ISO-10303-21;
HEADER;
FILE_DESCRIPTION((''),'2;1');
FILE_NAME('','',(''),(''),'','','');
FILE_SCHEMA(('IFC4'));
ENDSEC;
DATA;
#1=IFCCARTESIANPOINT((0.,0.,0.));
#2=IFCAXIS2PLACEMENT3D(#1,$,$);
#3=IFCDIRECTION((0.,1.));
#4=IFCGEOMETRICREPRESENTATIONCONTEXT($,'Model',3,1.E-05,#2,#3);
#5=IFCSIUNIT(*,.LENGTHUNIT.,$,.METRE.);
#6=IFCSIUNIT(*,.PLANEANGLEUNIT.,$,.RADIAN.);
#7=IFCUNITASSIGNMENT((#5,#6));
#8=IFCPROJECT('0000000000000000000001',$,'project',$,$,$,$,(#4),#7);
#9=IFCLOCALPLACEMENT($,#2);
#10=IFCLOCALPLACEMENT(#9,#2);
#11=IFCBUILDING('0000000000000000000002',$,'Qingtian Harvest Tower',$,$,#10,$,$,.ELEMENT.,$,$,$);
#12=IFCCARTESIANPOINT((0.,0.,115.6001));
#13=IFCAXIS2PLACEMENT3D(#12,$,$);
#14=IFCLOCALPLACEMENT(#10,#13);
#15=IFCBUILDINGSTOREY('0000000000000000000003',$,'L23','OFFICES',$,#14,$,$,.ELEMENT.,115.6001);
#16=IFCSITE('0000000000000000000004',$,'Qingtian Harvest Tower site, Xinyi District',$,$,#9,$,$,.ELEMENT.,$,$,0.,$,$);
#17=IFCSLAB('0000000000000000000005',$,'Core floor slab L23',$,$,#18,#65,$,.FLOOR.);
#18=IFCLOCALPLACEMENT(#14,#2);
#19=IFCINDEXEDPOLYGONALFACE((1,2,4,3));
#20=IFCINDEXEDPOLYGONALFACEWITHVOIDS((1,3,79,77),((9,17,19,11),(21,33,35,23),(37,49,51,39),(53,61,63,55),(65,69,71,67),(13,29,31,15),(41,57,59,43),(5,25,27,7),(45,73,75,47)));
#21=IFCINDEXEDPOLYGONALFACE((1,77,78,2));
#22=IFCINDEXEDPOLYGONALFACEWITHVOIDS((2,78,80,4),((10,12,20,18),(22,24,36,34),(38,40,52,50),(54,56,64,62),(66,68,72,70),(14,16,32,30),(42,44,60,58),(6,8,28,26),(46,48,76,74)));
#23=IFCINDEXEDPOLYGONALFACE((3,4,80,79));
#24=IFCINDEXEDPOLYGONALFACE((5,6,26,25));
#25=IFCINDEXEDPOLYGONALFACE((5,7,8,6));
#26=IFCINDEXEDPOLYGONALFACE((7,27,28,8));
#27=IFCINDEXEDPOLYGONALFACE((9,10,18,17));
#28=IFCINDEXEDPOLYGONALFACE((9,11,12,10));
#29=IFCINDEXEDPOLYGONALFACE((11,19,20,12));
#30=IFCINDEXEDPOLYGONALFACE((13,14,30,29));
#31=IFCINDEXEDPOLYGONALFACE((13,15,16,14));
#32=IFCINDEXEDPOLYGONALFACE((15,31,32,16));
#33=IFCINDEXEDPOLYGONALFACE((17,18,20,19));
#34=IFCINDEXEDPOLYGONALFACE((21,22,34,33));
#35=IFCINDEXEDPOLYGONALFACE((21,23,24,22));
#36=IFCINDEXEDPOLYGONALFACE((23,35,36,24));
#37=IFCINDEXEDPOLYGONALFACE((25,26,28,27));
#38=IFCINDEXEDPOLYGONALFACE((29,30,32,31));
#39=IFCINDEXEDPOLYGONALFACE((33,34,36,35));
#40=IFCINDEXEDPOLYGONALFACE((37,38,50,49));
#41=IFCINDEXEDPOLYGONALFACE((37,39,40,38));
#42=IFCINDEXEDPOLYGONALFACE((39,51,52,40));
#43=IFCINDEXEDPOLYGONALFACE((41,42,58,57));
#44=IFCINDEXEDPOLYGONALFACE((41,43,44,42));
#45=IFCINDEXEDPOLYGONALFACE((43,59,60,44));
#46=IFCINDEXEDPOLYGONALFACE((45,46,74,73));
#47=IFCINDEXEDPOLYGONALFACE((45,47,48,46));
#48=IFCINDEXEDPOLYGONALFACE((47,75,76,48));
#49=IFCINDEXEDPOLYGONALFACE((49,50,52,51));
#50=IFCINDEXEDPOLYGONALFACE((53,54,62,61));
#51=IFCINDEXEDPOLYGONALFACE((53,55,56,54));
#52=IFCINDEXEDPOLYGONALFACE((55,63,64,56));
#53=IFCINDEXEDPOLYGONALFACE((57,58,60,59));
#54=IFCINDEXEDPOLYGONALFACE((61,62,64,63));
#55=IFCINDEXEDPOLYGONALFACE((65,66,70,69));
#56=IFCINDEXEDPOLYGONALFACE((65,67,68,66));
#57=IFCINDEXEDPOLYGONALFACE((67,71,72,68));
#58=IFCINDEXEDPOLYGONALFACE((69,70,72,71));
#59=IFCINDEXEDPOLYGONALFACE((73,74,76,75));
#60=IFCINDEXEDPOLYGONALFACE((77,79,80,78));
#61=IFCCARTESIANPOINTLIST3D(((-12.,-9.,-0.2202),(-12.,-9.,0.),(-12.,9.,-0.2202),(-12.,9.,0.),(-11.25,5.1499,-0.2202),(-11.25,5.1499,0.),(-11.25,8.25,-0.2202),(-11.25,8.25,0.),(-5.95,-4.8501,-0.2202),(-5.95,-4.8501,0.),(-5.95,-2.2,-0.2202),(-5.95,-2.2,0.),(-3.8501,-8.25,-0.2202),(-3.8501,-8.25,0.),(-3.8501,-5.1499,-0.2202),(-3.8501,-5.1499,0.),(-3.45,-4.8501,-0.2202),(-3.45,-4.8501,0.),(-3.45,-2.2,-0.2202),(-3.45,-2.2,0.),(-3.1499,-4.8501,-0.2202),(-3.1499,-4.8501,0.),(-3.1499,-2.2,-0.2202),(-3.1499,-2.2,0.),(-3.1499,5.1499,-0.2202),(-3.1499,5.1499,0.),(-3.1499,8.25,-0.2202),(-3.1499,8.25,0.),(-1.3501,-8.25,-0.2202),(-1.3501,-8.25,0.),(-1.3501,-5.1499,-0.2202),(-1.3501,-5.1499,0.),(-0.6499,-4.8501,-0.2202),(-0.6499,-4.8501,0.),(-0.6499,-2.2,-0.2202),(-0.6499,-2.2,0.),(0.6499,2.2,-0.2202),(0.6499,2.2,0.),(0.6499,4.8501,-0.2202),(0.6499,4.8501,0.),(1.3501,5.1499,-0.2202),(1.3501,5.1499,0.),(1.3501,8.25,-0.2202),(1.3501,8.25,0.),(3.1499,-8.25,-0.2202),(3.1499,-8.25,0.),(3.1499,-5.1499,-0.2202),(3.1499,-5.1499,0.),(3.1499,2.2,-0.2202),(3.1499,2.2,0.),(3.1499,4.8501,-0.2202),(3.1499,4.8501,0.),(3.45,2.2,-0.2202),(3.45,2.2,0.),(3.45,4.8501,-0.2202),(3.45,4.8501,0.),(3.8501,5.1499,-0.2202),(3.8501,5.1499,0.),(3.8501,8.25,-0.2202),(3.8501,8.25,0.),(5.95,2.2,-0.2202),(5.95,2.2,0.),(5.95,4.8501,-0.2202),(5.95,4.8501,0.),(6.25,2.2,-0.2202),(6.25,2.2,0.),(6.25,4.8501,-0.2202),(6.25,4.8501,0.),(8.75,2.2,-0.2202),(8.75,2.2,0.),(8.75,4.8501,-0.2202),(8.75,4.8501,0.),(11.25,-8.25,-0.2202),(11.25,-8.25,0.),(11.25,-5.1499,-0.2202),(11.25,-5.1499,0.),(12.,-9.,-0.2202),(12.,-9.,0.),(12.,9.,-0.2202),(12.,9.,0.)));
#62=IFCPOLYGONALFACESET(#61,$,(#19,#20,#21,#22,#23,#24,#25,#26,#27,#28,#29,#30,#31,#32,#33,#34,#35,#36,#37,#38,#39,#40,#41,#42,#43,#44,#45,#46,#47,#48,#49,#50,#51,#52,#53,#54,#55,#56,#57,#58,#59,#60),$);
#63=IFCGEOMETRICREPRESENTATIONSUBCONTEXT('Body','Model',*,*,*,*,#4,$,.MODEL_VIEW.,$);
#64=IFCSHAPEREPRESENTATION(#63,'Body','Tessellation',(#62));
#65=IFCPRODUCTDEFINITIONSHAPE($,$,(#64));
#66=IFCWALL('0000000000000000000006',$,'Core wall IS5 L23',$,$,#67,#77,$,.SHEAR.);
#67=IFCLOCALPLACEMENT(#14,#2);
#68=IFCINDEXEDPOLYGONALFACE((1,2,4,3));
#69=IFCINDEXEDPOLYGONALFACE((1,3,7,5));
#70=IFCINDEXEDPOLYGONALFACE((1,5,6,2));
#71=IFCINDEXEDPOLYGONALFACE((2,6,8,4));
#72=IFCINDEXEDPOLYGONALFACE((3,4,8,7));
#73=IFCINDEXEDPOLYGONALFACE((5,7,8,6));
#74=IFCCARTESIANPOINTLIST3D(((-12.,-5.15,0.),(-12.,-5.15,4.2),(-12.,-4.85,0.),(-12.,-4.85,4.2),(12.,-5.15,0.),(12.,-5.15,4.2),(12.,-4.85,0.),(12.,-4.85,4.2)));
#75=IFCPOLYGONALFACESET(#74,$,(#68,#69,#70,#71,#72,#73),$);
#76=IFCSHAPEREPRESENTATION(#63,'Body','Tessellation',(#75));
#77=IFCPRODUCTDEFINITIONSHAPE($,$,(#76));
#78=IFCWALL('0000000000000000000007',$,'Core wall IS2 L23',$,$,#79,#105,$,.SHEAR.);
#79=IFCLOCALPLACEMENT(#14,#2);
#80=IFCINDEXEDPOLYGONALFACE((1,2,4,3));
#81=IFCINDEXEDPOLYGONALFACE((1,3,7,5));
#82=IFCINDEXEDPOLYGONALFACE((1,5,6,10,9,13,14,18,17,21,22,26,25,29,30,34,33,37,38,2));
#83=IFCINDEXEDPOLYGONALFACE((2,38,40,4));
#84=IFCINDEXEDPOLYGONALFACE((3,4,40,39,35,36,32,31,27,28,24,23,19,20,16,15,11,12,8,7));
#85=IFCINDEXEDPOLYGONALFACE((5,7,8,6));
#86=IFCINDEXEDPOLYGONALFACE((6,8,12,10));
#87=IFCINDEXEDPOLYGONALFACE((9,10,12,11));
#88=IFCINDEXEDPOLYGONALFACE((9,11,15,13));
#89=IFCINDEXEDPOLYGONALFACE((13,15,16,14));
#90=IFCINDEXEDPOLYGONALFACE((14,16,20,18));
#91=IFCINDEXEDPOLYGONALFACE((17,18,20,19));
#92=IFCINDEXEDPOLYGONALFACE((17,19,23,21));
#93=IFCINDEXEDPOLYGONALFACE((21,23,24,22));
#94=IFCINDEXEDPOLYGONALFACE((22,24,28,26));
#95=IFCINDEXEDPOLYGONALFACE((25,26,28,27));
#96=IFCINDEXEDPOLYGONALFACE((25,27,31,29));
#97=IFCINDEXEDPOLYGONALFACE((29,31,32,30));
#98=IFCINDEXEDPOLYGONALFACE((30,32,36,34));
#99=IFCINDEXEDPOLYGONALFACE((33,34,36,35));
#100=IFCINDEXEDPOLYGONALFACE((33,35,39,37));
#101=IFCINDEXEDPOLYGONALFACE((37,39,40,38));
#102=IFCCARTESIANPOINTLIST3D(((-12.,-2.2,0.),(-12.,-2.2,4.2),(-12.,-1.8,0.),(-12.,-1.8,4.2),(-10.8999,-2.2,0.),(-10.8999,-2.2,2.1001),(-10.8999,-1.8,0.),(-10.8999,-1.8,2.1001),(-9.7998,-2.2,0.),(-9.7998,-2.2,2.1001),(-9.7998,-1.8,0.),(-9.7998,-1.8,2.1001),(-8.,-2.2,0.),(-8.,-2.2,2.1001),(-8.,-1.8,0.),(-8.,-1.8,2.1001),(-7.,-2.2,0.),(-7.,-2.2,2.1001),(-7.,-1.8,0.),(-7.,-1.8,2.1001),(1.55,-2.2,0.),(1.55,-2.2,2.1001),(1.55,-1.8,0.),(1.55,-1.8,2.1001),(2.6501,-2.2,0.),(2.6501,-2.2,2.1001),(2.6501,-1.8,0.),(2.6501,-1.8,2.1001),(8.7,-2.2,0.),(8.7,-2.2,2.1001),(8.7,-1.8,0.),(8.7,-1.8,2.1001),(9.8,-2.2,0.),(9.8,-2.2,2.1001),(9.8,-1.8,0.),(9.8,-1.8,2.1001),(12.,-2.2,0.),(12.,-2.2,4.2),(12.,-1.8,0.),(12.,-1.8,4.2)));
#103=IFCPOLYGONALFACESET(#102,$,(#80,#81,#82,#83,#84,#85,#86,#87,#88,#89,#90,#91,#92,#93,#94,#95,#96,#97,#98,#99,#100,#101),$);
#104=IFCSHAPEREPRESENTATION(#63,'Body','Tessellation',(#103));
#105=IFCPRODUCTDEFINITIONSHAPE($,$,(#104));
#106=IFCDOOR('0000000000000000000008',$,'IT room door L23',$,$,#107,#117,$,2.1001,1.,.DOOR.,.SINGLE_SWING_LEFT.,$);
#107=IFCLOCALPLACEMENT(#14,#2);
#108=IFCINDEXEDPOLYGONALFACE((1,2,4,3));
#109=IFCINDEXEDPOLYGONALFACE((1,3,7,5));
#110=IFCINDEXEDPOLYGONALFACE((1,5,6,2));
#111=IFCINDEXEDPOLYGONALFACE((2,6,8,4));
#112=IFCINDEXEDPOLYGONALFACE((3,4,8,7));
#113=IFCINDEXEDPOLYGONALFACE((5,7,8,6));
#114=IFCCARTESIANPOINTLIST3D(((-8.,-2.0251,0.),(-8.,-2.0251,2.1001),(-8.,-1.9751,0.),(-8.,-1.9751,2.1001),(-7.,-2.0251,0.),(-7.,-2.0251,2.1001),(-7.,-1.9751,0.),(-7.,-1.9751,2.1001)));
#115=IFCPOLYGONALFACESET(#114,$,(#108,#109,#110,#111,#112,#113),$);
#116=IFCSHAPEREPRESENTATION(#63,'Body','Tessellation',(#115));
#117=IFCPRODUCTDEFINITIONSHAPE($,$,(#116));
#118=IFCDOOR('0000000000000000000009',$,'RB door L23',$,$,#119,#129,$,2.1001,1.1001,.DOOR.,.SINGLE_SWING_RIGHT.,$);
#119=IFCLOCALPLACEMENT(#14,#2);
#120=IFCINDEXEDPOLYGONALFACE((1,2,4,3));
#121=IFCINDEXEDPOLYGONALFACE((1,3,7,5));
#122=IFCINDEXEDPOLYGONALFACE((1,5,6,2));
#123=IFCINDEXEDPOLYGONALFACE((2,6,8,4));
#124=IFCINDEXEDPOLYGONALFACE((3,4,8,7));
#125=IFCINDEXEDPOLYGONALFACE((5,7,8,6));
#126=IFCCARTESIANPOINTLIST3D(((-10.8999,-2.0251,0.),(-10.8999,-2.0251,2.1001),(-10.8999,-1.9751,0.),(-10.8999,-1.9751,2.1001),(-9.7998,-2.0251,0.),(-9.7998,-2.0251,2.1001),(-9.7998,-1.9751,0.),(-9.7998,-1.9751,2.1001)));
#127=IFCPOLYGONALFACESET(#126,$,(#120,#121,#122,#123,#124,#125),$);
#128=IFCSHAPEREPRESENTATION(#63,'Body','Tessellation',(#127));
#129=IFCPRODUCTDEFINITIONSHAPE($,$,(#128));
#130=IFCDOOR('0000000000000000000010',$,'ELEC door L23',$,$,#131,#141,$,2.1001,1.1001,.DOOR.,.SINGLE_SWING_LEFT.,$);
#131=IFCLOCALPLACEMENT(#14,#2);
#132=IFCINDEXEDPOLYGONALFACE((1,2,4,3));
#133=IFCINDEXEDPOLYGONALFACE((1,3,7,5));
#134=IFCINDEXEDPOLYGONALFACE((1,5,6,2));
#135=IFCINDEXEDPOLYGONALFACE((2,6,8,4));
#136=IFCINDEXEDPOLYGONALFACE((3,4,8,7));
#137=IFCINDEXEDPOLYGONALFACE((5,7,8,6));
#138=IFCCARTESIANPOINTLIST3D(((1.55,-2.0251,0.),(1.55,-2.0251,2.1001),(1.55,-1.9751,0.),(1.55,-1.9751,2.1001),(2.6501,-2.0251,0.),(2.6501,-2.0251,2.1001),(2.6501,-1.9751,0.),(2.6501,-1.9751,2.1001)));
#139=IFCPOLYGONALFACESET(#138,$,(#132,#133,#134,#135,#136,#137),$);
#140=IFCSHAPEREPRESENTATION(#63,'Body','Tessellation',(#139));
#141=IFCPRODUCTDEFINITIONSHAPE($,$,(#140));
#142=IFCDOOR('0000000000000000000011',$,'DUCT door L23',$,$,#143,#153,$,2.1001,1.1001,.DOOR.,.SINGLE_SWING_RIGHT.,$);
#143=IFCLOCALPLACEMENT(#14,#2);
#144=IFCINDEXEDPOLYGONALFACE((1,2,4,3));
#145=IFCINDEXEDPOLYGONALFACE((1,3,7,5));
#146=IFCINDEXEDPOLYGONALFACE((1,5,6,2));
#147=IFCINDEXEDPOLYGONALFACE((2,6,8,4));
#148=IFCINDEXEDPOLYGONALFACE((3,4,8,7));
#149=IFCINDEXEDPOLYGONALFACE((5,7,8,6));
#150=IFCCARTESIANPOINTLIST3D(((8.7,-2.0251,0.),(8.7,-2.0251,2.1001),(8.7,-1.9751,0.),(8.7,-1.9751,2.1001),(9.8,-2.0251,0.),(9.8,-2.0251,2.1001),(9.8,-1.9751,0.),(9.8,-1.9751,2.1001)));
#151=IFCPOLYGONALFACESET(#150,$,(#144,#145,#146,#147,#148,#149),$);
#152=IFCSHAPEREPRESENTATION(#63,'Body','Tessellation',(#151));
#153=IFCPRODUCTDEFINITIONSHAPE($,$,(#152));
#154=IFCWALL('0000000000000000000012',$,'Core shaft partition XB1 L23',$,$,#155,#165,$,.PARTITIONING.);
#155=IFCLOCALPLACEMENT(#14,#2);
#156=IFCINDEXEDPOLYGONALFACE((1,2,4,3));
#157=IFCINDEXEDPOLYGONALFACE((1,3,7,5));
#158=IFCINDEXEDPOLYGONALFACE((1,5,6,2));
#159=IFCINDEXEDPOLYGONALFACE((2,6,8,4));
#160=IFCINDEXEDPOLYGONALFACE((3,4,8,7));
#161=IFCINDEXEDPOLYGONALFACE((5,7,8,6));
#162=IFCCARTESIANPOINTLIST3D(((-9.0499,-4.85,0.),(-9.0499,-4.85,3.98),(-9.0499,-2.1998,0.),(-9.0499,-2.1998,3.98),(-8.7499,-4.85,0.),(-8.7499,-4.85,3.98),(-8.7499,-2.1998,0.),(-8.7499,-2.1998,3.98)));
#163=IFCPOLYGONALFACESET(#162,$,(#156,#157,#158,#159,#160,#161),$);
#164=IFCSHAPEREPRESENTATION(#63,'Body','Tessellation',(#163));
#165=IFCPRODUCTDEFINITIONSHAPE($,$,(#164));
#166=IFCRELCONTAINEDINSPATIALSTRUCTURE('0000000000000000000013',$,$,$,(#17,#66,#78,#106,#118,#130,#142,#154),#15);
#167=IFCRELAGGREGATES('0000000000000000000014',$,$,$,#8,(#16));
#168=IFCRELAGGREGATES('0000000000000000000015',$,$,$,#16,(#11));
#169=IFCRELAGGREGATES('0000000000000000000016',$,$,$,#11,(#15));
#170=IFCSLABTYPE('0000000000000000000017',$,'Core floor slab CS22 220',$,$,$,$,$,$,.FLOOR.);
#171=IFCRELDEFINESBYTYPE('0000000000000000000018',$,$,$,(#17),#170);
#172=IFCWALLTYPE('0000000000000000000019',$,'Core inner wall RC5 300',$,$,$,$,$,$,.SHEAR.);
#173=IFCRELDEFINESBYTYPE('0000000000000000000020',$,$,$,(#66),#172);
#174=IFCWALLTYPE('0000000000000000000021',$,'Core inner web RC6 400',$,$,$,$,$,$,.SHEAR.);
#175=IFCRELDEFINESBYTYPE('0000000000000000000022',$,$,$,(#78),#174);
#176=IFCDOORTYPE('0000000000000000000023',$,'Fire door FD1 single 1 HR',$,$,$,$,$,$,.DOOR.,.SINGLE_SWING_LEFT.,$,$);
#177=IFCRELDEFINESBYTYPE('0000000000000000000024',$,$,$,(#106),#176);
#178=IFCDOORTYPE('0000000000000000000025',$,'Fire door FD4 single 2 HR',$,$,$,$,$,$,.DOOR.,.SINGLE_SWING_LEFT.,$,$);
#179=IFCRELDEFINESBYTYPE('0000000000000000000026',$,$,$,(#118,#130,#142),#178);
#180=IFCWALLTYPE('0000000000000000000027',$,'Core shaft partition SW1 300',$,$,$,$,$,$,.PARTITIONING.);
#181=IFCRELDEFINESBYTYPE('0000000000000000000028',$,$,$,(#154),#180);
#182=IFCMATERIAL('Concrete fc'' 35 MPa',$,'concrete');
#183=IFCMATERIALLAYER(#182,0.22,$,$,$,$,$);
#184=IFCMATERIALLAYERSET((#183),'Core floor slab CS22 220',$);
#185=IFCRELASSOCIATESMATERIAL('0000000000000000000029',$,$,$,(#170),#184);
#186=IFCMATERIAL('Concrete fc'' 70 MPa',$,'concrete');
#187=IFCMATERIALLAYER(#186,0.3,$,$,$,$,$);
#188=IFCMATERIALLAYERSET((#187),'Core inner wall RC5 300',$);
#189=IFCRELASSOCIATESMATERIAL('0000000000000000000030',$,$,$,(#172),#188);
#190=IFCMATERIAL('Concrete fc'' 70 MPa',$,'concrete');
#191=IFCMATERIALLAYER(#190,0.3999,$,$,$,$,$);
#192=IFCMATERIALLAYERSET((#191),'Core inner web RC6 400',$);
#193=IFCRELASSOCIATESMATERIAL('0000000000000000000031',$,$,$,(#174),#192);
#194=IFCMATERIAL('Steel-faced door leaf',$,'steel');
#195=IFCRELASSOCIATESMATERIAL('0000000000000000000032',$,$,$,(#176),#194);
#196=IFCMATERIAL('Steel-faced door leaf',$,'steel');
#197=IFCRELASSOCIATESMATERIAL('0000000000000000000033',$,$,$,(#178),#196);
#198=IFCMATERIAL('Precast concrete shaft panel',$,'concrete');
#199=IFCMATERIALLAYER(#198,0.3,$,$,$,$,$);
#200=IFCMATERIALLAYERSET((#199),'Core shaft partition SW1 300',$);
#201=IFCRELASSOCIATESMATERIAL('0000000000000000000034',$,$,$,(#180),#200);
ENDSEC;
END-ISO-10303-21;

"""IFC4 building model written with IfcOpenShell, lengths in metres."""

from ifc_helpers import new_model, si_unit, direction, frame, frame_2d, origin, place, context, subcontext, project, spatial, polyline, rectangle, outline, extrude, material, layer, layer_set, type_object, element, fill, save


model = new_model("IFC4")

# Units and contexts
model_context = context("Model", 3, precision=1e-05, world=origin(), true_north=direction((0.0, 1.0)))
body_context = subcontext(model_context, "Body", "Model", "MODEL_VIEW")
ifc_project = project(units=[si_unit("LENGTHUNIT", "METRE"), si_unit("PLANEANGLEUNIT", "RADIAN")], contexts=[model_context])

# Site, building, storey
site_placement = place(None, origin())
site = spatial("IfcSite", under=ifc_project, at=site_placement, Name="Qingtian Harvest Tower site, Xinyi District", CompositionType="ELEMENT", RefElevation=0.0)
building_placement = place(site_placement, origin())
building = spatial("IfcBuilding", under=site, at=building_placement, Name="Qingtian Harvest Tower", CompositionType="ELEMENT")
storey_placement = place(building_placement, frame((0.0, 0.0, 115.6001)))
storey = spatial("IfcBuildingStorey", under=building, at=storey_placement, Name="L23", Description="OFFICES", CompositionType="ELEMENT", Elevation=115.6001)

# Slab
ifc_material_1 = material(Name="Concrete fc' 35 MPa", Category="concrete")
ifc_layer_1 = layer(ifc_material_1, 0.22)
ifc_layer_set_1 = layer_set([ifc_layer_1], Name="Core floor slab CS22 220")
slab_type = type_object("IfcSlabType", Name="Core floor slab CS22 220", PredefinedType="FLOOR", material=ifc_layer_set_1)
slab_placement = place(storey_placement, frame((0.0, 0.0, -0.2202)))
element("IfcSlab", 1, at=slab_placement, inside=storey, type_object=slab_type, Name="Core floor slab L23", PredefinedType="FLOOR", context=body_context, shape_type="SweptSolid", body=[
    extrude(outline(polyline([(-12.0, -9.0), (12.0, -9.0), (12.0, 9.0), (-12.0, 9.0), (-12.0, -9.0)]), holes=[polyline([(-11.25, 5.1499), (-3.1499, 5.1499), (-3.1499, 8.25), (-11.25, 8.25), (-11.25, 5.1499)]), polyline([(3.1499, -8.25), (11.25, -8.25), (11.25, -5.1499), (3.1499, -5.1499), (3.1499, -8.25)]), polyline([(1.3501, 5.1499), (3.8501, 5.1499), (3.8501, 8.25), (1.3501, 8.25), (1.3501, 5.1499)]), polyline([(-3.8501, -8.25), (-1.3501, -8.25), (-1.3501, -5.1499), (-3.8501, -5.1499), (-3.8501, -8.25)]), polyline([(0.6499, 2.2), (3.1499, 2.2), (3.1499, 4.8501), (0.6499, 4.8501), (0.6499, 2.2)]), polyline([(3.45, 2.2), (5.95, 2.2), (5.95, 4.8501), (3.45, 4.8501), (3.45, 2.2)]), polyline([(6.25, 2.2), (8.75, 2.2), (8.75, 4.8501), (6.25, 4.8501), (6.25, 2.2)]), polyline([(-5.95, -4.8501), (-3.45, -4.8501), (-3.45, -2.2), (-5.95, -2.2), (-5.95, -4.8501)]), polyline([(-3.1499, -4.8501), (-0.6499, -4.8501), (-0.6499, -2.2), (-3.1499, -2.2), (-3.1499, -4.8501)])]), origin(), (0.0, 0.0, 1.0), 0.2202),
])

# Wall
ifc_material_2 = material(Name="Concrete fc' 70 MPa", Category="concrete")
ifc_layer_2 = layer(ifc_material_2, 0.3)
ifc_layer_set_2 = layer_set([ifc_layer_2], Name="Core inner wall RC5 300")
wall_type_1 = type_object("IfcWallType", Name="Core inner wall RC5 300", PredefinedType="SHEAR", material=ifc_layer_set_2)
wall_1_placement = place(storey_placement, frame((-12.0, -5.0, 0.0), z_axis=(0.0, 0.0, 1.0), x_axis=(1.0, 0.0, 0.0)))
element("IfcWall", 2, at=wall_1_placement, inside=storey, type_object=wall_type_1, Name="Core wall IS5 L23", PredefinedType="SHEAR", context=body_context, shape_type="SweptSolid", body=[
    extrude(rectangle(XDim=24.0, YDim=0.3, at=frame_2d((12.0, 0.0))), origin(), (0.0, 0.0, 1.0), 4.2),
])

# Wall, openings, doors
ifc_material_3 = material(Name="Concrete fc' 70 MPa", Category="concrete")
ifc_layer_3 = layer(ifc_material_3, 0.3999)
ifc_layer_set_3 = layer_set([ifc_layer_3], Name="Core inner web RC6 400")
wall_type_2 = type_object("IfcWallType", Name="Core inner web RC6 400", PredefinedType="SHEAR", material=ifc_layer_set_3)
wall_2_placement = place(storey_placement, frame((-12.0, -2.0, 0.0), z_axis=(0.0, 0.0, 1.0), x_axis=(1.0, 0.0, 0.0)))
wall_2 = element("IfcWall", 3, at=wall_2_placement, inside=storey, type_object=wall_type_2, Name="Core wall IS2 L23", PredefinedType="SHEAR", context=body_context, shape_type="SweptSolid", body=[
    extrude(rectangle(XDim=24.0, YDim=0.3999, at=frame_2d((12.0, 0.0))), origin(), (0.0, 0.0, 1.0), 4.2),
])
opening_1_placement = place(wall_2_placement, frame((1.1001, 0.0, 0.0)))
opening_1 = element("IfcOpeningElement", 4, at=opening_1_placement, cuts=wall_2, PredefinedType="OPENING", context=body_context, shape_type="SweptSolid", body=[
    extrude(rectangle(XDim=1.1001, YDim=2.1001, at=frame_2d((0.55, 1.05))), frame((0.0, 0.21, 0.0), z_axis=(0.0, -1.0, 0.0), x_axis=(1.0, 0.0, 0.0)), (0.0, 0.0, 1.0), 0.4199),
])
opening_2_placement = place(wall_2_placement, frame((13.55, 0.0, 0.0)))
opening_2 = element("IfcOpeningElement", 5, at=opening_2_placement, cuts=wall_2, PredefinedType="OPENING", context=body_context, shape_type="SweptSolid", body=[
    extrude(rectangle(XDim=1.1001, YDim=2.1001, at=frame_2d((0.55, 1.05))), frame((0.0, 0.21, 0.0), z_axis=(0.0, -1.0, 0.0), x_axis=(1.0, 0.0, 0.0)), (0.0, 0.0, 1.0), 0.4199),
])
opening_3_placement = place(wall_2_placement, frame((20.7, 0.0, 0.0)))
opening_3 = element("IfcOpeningElement", 6, at=opening_3_placement, cuts=wall_2, PredefinedType="OPENING", context=body_context, shape_type="SweptSolid", body=[
    extrude(rectangle(XDim=1.1001, YDim=2.1001, at=frame_2d((0.55, 1.05))), frame((0.0, 0.21, 0.0), z_axis=(0.0, -1.0, 0.0), x_axis=(1.0, 0.0, 0.0)), (0.0, 0.0, 1.0), 0.4199),
])
opening_4_placement = place(wall_2_placement, frame((4.0, 0.0, 0.0)))
opening_4 = element("IfcOpeningElement", 7, at=opening_4_placement, cuts=wall_2, PredefinedType="OPENING", context=body_context, shape_type="SweptSolid", body=[
    extrude(rectangle(XDim=1.0, YDim=2.1001, at=frame_2d((0.5, 1.05))), frame((0.0, 0.21, 0.0), z_axis=(0.0, -1.0, 0.0), x_axis=(1.0, 0.0, 0.0)), (0.0, 0.0, 1.0), 0.4199),
])
ifc_material_4 = material(Name="Steel-faced door leaf", Category="steel")
door_type_1 = type_object("IfcDoorType", Name="Fire door FD1 single 1 HR", OperationType="SINGLE_SWING_LEFT", PredefinedType="DOOR", material=ifc_material_4)
door_1_placement = place(opening_4_placement, origin())
door_1 = element("IfcDoor", 8, at=door_1_placement, inside=storey, type_object=door_type_1, Name="IT room door L23", OperationType="SINGLE_SWING_LEFT", OverallHeight=2.1001, OverallWidth=1.0, PredefinedType="DOOR", context=body_context, shape_type="SweptSolid", body=[
    extrude(rectangle(XDim=1.0, YDim=2.1001, at=frame_2d((0.5, 1.05))), frame((0.0, 0.0249, 0.0), z_axis=(0.0, -1.0, 0.0), x_axis=(1.0, 0.0, 0.0)), (0.0, 0.0, 1.0), 0.05),
])
fill(opening_4, door_1)
ifc_material_5 = material(Name="Steel-faced door leaf", Category="steel")
door_type_2 = type_object("IfcDoorType", Name="Fire door FD4 single 2 HR", OperationType="SINGLE_SWING_LEFT", PredefinedType="DOOR", material=ifc_material_5)
door_2_placement = place(opening_1_placement, origin())
door_2 = element("IfcDoor", 9, at=door_2_placement, inside=storey, type_object=door_type_2, Name="RB door L23", OperationType="SINGLE_SWING_RIGHT", OverallHeight=2.1001, OverallWidth=1.1001, PredefinedType="DOOR", context=body_context, shape_type="SweptSolid", body=[
    extrude(rectangle(XDim=1.1001, YDim=2.1001, at=frame_2d((0.55, 1.05))), frame((0.0, 0.0249, 0.0), z_axis=(0.0, -1.0, 0.0), x_axis=(1.0, 0.0, 0.0)), (0.0, 0.0, 1.0), 0.05),
])
fill(opening_1, door_2)
door_3_placement = place(opening_2_placement, origin())
door_3 = element("IfcDoor", 10, at=door_3_placement, inside=storey, type_object=door_type_2, Name="ELEC door L23", OperationType="SINGLE_SWING_LEFT", OverallHeight=2.1001, OverallWidth=1.1001, PredefinedType="DOOR", context=body_context, shape_type="SweptSolid", body=[
    extrude(rectangle(XDim=1.1001, YDim=2.1001, at=frame_2d((0.55, 1.05))), frame((0.0, 0.0249, 0.0), z_axis=(0.0, -1.0, 0.0), x_axis=(1.0, 0.0, 0.0)), (0.0, 0.0, 1.0), 0.05),
])
fill(opening_2, door_3)
door_4_placement = place(opening_3_placement, origin())
door_4 = element("IfcDoor", 11, at=door_4_placement, inside=storey, type_object=door_type_2, Name="DUCT door L23", OperationType="SINGLE_SWING_RIGHT", OverallHeight=2.1001, OverallWidth=1.1001, PredefinedType="DOOR", context=body_context, shape_type="SweptSolid", body=[
    extrude(rectangle(XDim=1.1001, YDim=2.1001, at=frame_2d((0.55, 1.05))), frame((0.0, 0.0249, 0.0), z_axis=(0.0, -1.0, 0.0), x_axis=(1.0, 0.0, 0.0)), (0.0, 0.0, 1.0), 0.05),
])
fill(opening_3, door_4)

# Wall
ifc_material_6 = material(Name="Precast concrete shaft panel", Category="concrete")
ifc_layer_4 = layer(ifc_material_6, 0.3)
ifc_layer_set_4 = layer_set([ifc_layer_4], Name="Core shaft partition SW1 300")
wall_type_3 = type_object("IfcWallType", Name="Core shaft partition SW1 300", PredefinedType="PARTITIONING", material=ifc_layer_set_4)
for number, where, z_axis, x_axis, name in (
    (12, (-8.8999, -4.8501, 0.0), (0.0, 0.0, 1.0), (0.0, 1.0, 0.0), "Core shaft partition XB1 L23"),
):
    element("IfcWall", number, at=place(storey_placement, frame(where, z_axis=z_axis, x_axis=x_axis)), inside=storey, type_object=wall_type_3, Name=name, PredefinedType="PARTITIONING", context=body_context, shape_type="SweptSolid", body=[
        extrude(rectangle(XDim=2.6501, YDim=0.3, at=frame_2d((1.3252, 0.0))), origin(), (0.0, 0.0, 1.0), 3.98),
    ])

save(model, "model.ifc")
